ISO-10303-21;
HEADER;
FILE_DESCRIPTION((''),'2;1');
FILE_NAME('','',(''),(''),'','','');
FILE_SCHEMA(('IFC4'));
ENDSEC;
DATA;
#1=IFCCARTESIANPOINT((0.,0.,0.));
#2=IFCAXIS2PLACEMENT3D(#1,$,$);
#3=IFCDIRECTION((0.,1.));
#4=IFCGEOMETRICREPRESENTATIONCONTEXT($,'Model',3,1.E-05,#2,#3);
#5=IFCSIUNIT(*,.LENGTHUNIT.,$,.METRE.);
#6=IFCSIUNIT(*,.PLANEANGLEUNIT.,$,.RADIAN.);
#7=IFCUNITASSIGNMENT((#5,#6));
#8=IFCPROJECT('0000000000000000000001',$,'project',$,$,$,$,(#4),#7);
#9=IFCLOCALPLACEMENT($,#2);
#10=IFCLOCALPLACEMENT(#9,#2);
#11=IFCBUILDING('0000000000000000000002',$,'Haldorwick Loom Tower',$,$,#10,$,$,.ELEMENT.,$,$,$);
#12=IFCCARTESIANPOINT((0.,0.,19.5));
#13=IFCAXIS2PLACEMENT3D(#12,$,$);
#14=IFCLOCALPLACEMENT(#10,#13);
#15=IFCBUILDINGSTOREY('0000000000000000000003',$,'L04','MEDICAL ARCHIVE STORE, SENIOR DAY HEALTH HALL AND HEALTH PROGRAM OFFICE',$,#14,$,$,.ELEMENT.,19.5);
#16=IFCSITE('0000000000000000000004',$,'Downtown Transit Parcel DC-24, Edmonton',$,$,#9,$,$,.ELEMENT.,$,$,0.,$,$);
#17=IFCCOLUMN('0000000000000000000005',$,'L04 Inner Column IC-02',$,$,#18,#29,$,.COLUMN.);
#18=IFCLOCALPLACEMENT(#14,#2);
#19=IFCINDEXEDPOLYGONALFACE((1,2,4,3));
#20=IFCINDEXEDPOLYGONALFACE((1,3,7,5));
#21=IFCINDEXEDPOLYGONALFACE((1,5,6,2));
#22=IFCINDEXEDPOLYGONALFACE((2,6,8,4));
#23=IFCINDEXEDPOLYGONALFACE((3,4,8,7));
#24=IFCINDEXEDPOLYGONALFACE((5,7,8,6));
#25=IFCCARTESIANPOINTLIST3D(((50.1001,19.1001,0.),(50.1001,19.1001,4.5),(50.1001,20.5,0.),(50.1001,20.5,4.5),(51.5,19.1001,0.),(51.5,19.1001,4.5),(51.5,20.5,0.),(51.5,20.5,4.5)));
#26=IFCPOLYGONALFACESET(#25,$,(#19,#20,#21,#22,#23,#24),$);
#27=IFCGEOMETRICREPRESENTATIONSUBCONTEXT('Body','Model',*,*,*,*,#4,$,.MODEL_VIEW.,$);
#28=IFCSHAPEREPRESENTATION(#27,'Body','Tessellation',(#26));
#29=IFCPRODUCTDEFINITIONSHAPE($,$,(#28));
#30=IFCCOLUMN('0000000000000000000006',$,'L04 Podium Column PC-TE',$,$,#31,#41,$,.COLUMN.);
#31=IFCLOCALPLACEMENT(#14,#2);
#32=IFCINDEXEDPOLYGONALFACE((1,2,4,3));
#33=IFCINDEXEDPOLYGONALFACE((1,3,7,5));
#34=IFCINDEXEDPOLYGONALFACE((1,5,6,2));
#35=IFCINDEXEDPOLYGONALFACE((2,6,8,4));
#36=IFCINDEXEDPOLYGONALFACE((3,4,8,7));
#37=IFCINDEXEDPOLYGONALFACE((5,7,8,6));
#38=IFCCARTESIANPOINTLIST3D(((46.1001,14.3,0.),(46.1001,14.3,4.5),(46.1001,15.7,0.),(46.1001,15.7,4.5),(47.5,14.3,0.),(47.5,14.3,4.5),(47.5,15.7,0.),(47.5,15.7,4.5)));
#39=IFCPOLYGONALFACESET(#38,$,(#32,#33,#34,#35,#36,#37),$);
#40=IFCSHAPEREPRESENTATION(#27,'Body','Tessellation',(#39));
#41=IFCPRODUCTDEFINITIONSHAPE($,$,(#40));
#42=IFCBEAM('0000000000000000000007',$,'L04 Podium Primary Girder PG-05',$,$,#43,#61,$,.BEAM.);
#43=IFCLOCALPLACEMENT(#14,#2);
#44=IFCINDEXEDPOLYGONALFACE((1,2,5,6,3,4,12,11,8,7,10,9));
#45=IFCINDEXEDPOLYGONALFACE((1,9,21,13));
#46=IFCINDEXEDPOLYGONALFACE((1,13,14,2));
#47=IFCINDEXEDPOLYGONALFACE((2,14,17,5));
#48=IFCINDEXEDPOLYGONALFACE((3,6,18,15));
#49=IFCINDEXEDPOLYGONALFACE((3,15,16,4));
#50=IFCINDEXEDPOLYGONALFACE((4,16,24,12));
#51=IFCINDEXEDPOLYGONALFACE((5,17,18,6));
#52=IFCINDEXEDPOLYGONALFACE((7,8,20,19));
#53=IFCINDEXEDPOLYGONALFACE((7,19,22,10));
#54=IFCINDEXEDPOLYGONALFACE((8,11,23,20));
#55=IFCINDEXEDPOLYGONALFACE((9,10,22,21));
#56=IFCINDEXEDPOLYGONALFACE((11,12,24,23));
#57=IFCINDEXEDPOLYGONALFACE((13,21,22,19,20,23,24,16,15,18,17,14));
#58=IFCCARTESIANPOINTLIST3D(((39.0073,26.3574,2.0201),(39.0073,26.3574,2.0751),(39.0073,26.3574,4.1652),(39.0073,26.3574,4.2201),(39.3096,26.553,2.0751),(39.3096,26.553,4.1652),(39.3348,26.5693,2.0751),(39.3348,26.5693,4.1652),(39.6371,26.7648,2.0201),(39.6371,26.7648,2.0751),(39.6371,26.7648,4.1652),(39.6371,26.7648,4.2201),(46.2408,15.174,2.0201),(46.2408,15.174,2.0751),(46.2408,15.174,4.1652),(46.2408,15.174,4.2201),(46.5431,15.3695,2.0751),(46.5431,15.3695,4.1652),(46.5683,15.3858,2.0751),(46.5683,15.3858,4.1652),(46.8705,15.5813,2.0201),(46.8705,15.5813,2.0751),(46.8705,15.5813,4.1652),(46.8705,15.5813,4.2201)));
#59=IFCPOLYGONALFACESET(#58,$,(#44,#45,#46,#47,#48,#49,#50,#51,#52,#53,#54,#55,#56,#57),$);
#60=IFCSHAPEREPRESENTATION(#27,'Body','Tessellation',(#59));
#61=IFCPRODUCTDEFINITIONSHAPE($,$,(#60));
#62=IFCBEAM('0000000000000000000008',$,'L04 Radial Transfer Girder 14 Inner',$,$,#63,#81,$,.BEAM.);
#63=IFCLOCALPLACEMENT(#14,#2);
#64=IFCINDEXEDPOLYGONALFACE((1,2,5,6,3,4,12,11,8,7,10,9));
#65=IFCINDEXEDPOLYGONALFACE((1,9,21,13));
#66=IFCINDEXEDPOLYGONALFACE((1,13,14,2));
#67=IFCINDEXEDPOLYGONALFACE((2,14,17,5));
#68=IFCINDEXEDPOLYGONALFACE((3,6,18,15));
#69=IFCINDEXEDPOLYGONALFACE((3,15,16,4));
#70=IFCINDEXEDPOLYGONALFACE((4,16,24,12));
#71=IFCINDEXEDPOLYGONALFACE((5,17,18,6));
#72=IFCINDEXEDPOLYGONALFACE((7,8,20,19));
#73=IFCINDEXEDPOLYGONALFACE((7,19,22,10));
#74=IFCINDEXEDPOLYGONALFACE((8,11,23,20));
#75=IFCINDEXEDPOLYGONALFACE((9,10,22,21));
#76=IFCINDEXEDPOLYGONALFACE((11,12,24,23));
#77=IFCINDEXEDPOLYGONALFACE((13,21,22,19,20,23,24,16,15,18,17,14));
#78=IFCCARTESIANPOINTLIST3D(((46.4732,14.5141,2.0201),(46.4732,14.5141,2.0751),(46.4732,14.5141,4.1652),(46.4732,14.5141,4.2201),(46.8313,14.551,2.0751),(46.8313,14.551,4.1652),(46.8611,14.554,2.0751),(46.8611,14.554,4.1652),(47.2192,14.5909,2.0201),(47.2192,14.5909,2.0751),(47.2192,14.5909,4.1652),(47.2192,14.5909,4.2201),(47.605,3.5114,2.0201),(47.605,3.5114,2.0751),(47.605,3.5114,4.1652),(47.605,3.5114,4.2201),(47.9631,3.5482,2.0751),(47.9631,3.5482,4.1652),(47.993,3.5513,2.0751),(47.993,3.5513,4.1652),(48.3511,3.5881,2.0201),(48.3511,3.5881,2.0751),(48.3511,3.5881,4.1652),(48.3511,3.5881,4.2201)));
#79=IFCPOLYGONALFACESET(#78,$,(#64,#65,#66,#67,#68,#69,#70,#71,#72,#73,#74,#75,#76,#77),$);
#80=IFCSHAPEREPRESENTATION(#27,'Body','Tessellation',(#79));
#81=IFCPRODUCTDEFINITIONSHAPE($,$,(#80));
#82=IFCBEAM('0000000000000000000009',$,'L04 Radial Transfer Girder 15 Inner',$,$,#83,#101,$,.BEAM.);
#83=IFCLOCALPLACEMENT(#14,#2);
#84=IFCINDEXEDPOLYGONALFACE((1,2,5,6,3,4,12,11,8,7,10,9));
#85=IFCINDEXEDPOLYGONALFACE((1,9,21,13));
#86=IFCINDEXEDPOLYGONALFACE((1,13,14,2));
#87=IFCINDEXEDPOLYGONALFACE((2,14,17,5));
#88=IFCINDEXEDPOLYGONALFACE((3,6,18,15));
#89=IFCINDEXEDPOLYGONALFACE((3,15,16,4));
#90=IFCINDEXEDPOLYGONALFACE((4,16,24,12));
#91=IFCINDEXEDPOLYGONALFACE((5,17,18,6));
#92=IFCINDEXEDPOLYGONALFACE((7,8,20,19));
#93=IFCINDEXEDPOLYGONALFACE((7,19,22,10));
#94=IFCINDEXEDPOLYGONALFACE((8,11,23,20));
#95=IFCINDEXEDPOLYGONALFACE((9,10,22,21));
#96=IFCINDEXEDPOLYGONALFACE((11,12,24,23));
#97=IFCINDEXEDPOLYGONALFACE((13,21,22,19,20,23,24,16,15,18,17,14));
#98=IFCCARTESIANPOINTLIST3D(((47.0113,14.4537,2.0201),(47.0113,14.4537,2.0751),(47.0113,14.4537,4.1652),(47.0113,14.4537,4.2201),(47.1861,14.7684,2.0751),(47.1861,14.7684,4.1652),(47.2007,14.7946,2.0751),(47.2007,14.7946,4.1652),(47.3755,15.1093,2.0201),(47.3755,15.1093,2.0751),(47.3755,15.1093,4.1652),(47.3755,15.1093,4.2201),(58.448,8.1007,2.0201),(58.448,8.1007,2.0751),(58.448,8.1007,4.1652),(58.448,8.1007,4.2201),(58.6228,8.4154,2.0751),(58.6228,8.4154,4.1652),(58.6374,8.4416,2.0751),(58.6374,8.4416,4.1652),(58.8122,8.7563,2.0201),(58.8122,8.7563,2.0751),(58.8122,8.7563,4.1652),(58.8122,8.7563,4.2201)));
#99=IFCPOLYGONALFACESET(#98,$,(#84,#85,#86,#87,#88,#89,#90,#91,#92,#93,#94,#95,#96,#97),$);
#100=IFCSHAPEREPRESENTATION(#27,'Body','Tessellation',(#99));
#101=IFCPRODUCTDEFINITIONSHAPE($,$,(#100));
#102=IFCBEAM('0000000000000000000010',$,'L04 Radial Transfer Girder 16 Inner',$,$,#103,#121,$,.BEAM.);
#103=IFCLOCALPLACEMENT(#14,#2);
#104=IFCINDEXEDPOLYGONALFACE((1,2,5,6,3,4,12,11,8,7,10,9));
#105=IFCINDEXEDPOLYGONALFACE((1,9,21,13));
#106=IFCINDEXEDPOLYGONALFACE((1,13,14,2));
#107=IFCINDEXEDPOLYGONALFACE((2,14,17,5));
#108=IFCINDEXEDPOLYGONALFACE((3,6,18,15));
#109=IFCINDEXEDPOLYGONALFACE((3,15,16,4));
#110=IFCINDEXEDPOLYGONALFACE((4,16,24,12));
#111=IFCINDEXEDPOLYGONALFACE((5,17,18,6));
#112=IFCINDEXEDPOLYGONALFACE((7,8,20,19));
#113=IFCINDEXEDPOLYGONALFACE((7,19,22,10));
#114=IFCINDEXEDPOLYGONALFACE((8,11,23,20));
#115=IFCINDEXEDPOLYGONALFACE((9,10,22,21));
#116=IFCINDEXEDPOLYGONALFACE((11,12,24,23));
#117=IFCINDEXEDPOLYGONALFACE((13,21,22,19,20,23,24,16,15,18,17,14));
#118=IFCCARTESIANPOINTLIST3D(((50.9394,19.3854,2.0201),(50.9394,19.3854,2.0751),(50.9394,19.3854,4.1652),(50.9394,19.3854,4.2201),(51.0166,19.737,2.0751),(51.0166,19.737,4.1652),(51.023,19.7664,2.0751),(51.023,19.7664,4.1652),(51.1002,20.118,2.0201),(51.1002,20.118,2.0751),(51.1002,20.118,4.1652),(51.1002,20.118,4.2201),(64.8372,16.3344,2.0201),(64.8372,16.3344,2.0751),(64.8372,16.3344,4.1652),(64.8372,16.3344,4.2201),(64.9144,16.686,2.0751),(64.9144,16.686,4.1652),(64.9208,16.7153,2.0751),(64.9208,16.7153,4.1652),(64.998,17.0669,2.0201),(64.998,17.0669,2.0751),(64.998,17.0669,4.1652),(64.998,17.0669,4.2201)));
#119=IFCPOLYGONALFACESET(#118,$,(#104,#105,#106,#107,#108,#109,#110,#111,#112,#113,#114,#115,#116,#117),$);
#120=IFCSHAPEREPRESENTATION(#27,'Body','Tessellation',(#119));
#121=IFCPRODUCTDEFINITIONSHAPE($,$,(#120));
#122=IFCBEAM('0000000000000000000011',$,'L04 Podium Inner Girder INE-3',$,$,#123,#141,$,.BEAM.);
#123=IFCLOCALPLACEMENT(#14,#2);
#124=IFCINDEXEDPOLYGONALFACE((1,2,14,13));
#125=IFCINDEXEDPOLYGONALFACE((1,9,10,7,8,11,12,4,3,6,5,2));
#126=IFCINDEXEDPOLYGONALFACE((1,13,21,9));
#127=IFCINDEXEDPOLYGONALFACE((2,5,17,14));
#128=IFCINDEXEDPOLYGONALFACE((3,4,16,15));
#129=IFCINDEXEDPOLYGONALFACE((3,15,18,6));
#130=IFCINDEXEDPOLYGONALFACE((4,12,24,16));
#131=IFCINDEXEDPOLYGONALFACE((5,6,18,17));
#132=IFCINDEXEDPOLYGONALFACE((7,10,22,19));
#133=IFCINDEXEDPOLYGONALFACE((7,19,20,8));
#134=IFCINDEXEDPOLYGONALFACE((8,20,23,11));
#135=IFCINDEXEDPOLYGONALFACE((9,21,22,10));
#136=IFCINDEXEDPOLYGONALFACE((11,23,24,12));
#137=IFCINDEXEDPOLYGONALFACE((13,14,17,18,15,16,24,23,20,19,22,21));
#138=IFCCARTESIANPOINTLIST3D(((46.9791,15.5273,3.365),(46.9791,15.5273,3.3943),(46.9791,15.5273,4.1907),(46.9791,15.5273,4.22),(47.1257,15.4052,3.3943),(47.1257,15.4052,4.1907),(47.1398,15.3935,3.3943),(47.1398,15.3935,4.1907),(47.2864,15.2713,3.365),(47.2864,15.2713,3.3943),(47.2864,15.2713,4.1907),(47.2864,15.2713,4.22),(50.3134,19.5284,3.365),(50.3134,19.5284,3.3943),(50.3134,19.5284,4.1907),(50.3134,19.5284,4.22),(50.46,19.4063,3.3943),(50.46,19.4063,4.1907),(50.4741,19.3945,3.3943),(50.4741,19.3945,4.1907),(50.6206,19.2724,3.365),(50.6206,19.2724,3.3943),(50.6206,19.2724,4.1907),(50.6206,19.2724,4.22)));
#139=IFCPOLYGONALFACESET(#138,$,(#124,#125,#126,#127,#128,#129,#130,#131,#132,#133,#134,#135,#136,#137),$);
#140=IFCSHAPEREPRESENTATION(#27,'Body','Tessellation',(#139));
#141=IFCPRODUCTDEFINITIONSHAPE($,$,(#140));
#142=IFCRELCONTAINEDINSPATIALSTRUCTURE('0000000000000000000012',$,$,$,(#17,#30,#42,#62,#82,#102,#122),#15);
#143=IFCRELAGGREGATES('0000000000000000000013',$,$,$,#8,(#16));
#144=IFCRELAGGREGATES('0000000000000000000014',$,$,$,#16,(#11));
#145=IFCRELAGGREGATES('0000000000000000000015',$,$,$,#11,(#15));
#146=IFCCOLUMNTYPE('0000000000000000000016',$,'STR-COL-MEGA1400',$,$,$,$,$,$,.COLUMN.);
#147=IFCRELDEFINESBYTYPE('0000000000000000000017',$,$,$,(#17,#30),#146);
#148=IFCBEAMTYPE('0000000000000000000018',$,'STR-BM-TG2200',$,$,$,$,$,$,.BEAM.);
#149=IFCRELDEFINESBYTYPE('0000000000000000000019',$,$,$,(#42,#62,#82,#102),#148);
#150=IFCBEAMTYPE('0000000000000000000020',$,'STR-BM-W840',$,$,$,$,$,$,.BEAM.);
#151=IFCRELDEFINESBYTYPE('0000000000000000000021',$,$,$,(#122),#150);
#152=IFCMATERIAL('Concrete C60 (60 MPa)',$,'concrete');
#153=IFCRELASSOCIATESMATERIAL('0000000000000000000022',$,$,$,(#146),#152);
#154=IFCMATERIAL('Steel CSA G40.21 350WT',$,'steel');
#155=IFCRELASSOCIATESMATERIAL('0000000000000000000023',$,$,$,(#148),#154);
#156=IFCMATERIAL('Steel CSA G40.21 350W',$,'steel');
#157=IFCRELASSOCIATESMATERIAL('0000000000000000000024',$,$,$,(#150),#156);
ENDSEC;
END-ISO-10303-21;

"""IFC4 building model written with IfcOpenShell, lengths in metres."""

from ifc_helpers import new_model, si_unit, direction, frame, origin, origin_2d, place, context, subcontext, project, spatial, rectangle, i_section, extrude, material, material_profile, profile_set, type_object, element, save


model = new_model("IFC4")

# Units and contexts
model_context = context("Model", 3, precision=1e-05, world=origin(), true_north=direction((0.0, 1.0)))
body_context = subcontext(model_context, "Body", "Model", "MODEL_VIEW")
ifc_project = project(units=[si_unit("LENGTHUNIT", "METRE"), si_unit("PLANEANGLEUNIT", "RADIAN")], contexts=[model_context])

# Site, building, storey
site_placement = place(None, origin())
site = spatial("IfcSite", under=ifc_project, at=site_placement, Name="Downtown Transit Parcel DC-24, Edmonton", CompositionType="ELEMENT", RefElevation=0.0)
building_placement = place(site_placement, origin())
building = spatial("IfcBuilding", under=site, at=building_placement, Name="Haldorwick Loom Tower", CompositionType="ELEMENT")
storey_placement = place(building_placement, frame((0.0, 0.0, 19.5)))
storey = spatial("IfcBuildingStorey", under=building, at=storey_placement, Name="L04", Description="MEDICAL ARCHIVE STORE, SENIOR DAY HEALTH HALL AND HEALTH PROGRAM OFFICE", CompositionType="ELEMENT", Elevation=19.5)

# Columns
ifc_material_1 = material(Name="Concrete C60 (60 MPa)", Category="concrete")
ifc_material_profile_1 = material_profile(ifc_material_1, rectangle(XDim=1.3999, YDim=1.3999, at=origin_2d()), Name="RC1400X1400", Category="concrete")
ifc_profile_set_1 = profile_set([ifc_material_profile_1], Name="Concrete C60 (60 MPa)")
column_type = type_object("IfcColumnType", Name="STR-COL-MEGA1400", PredefinedType="COLUMN", material=ifc_profile_set_1)
for number, where, z_axis, x_axis, name in (
    (1, (50.8, 19.8, 0.0), (0.0, 0.0, 1.0), (1.0, 0.0, 0.0), "L04 Inner Column IC-02"),
    (2, (46.8, 15.0, 0.0), (0.0, 0.0, 1.0), (1.0, 0.0, 0.0), "L04 Podium Column PC-TE"),
):
    element("IfcColumn", number, at=place(storey_placement, frame(where, z_axis=z_axis, x_axis=x_axis)), inside=storey, type_object=column_type, Name=name, PredefinedType="COLUMN", context=body_context, shape_type="SweptSolid", body=[
        extrude(rectangle(XDim=1.3999, YDim=1.3999, at=origin_2d()), origin(), (0.0, 0.0, 1.0), 4.5),
    ])

# Beams
ifc_material_2 = material(Name="Steel CSA G40.21 350WT", Category="steel")
ifc_material_profile_2 = material_profile(ifc_material_2, i_section(OverallWidth=0.75, OverallDepth=2.2, WebThickness=0.03, FlangeThickness=0.0549, at=origin_2d()), Name="WWF2200X750", Category="steel")
ifc_profile_set_2 = profile_set([ifc_material_profile_2], Name="Steel CSA G40.21 350WT")
beam_type_1 = type_object("IfcBeamType", Name="STR-BM-TG2200", PredefinedType="BEAM", material=ifc_profile_set_2)
beam_1_placement = place(storey_placement, frame((46.5557, 15.3777, 3.1201), z_axis=(-0.543098, 0.839669, 0.0), x_axis=(-0.839669, -0.543098, 0.0)))
element("IfcBeam", 3, at=beam_1_placement, inside=storey, type_object=beam_type_1, Name="L04 Podium Primary Girder PG-05", PredefinedType="BEAM", context=body_context, shape_type="SweptSolid", body=[
    extrude(i_section(OverallWidth=0.75, OverallDepth=2.2, WebThickness=0.03, FlangeThickness=0.0549, at=origin_2d()), origin(), (0.0, 0.0, 1.0), 13.3188),
])
beam_2_placement = place(storey_placement, frame((46.8462, 14.5525, 3.1201), z_axis=(0.102329, -0.994751, 0.0), x_axis=(0.994751, 0.102329, 0.0)))
element("IfcBeam", 4, at=beam_2_placement, inside=storey, type_object=beam_type_1, Name="L04 Radial Transfer Girder 14 Inner", PredefinedType="BEAM", context=body_context, shape_type="SweptSolid", body=[
    extrude(i_section(OverallWidth=0.75, OverallDepth=2.2, WebThickness=0.03, FlangeThickness=0.0549, at=origin_2d()), origin(), (0.0, 0.0, 1.0), 11.0608),
])
beam_3_placement = place(storey_placement, frame((47.1934, 14.7815, 3.1201), z_axis=(0.874181, -0.4856, 0.0), x_axis=(0.4856, 0.874181, 0.0)))
element("IfcBeam", 5, at=beam_3_placement, inside=storey, type_object=beam_type_1, Name="L04 Radial Transfer Girder 15 Inner", PredefinedType="BEAM", context=body_context, shape_type="SweptSolid", body=[
    extrude(i_section(OverallWidth=0.75, OverallDepth=2.2, WebThickness=0.03, FlangeThickness=0.0549, at=origin_2d()), origin(), (0.0, 0.0, 1.0), 13.0828),
])
beam_4_placement = place(storey_placement, frame((51.0198, 19.7517, 3.1201), z_axis=(0.97674, -0.214428, 0.0), x_axis=(0.214428, 0.97674, 0.0)))
element("IfcBeam", 6, at=beam_4_placement, inside=storey, type_object=beam_type_1, Name="L04 Radial Transfer Girder 16 Inner", PredefinedType="BEAM", context=body_context, shape_type="SweptSolid", body=[
    extrude(i_section(OverallWidth=0.75, OverallDepth=2.2, WebThickness=0.03, FlangeThickness=0.0549, at=origin_2d()), origin(), (0.0, 0.0, 1.0), 14.2288),
])
ifc_material_3 = material(Name="Steel CSA G40.21 350W", Category="steel")
ifc_material_profile_3 = material_profile(ifc_material_3, i_section(OverallWidth=0.3999, OverallDepth=0.855, WebThickness=0.0183, FlangeThickness=0.0293, at=origin_2d()), Name="W840X299", Category="steel")
ifc_profile_set_3 = profile_set([ifc_material_profile_3], Name="Steel CSA G40.21 350W")
beam_type_2 = type_object("IfcBeamType", Name="STR-BM-W840", PredefinedType="BEAM", material=ifc_profile_set_3)
beam_5_placement = place(storey_placement, frame((50.467, 19.4004, 3.7925), z_axis=(-0.640194, -0.768214, 0.0), x_axis=(0.768214, -0.640194, 0.0)))
element("IfcBeam", 7, at=beam_5_placement, inside=storey, type_object=beam_type_2, Name="L04 Podium Inner Girder INE-3", PredefinedType="BEAM", context=body_context, shape_type="SweptSolid", body=[
    extrude(i_section(OverallWidth=0.3999, OverallDepth=0.855, WebThickness=0.0183, FlangeThickness=0.0293, at=origin_2d()), origin(), (0.0, 0.0, 1.0), 5.2083),
])

save(model, "model.ifc")
